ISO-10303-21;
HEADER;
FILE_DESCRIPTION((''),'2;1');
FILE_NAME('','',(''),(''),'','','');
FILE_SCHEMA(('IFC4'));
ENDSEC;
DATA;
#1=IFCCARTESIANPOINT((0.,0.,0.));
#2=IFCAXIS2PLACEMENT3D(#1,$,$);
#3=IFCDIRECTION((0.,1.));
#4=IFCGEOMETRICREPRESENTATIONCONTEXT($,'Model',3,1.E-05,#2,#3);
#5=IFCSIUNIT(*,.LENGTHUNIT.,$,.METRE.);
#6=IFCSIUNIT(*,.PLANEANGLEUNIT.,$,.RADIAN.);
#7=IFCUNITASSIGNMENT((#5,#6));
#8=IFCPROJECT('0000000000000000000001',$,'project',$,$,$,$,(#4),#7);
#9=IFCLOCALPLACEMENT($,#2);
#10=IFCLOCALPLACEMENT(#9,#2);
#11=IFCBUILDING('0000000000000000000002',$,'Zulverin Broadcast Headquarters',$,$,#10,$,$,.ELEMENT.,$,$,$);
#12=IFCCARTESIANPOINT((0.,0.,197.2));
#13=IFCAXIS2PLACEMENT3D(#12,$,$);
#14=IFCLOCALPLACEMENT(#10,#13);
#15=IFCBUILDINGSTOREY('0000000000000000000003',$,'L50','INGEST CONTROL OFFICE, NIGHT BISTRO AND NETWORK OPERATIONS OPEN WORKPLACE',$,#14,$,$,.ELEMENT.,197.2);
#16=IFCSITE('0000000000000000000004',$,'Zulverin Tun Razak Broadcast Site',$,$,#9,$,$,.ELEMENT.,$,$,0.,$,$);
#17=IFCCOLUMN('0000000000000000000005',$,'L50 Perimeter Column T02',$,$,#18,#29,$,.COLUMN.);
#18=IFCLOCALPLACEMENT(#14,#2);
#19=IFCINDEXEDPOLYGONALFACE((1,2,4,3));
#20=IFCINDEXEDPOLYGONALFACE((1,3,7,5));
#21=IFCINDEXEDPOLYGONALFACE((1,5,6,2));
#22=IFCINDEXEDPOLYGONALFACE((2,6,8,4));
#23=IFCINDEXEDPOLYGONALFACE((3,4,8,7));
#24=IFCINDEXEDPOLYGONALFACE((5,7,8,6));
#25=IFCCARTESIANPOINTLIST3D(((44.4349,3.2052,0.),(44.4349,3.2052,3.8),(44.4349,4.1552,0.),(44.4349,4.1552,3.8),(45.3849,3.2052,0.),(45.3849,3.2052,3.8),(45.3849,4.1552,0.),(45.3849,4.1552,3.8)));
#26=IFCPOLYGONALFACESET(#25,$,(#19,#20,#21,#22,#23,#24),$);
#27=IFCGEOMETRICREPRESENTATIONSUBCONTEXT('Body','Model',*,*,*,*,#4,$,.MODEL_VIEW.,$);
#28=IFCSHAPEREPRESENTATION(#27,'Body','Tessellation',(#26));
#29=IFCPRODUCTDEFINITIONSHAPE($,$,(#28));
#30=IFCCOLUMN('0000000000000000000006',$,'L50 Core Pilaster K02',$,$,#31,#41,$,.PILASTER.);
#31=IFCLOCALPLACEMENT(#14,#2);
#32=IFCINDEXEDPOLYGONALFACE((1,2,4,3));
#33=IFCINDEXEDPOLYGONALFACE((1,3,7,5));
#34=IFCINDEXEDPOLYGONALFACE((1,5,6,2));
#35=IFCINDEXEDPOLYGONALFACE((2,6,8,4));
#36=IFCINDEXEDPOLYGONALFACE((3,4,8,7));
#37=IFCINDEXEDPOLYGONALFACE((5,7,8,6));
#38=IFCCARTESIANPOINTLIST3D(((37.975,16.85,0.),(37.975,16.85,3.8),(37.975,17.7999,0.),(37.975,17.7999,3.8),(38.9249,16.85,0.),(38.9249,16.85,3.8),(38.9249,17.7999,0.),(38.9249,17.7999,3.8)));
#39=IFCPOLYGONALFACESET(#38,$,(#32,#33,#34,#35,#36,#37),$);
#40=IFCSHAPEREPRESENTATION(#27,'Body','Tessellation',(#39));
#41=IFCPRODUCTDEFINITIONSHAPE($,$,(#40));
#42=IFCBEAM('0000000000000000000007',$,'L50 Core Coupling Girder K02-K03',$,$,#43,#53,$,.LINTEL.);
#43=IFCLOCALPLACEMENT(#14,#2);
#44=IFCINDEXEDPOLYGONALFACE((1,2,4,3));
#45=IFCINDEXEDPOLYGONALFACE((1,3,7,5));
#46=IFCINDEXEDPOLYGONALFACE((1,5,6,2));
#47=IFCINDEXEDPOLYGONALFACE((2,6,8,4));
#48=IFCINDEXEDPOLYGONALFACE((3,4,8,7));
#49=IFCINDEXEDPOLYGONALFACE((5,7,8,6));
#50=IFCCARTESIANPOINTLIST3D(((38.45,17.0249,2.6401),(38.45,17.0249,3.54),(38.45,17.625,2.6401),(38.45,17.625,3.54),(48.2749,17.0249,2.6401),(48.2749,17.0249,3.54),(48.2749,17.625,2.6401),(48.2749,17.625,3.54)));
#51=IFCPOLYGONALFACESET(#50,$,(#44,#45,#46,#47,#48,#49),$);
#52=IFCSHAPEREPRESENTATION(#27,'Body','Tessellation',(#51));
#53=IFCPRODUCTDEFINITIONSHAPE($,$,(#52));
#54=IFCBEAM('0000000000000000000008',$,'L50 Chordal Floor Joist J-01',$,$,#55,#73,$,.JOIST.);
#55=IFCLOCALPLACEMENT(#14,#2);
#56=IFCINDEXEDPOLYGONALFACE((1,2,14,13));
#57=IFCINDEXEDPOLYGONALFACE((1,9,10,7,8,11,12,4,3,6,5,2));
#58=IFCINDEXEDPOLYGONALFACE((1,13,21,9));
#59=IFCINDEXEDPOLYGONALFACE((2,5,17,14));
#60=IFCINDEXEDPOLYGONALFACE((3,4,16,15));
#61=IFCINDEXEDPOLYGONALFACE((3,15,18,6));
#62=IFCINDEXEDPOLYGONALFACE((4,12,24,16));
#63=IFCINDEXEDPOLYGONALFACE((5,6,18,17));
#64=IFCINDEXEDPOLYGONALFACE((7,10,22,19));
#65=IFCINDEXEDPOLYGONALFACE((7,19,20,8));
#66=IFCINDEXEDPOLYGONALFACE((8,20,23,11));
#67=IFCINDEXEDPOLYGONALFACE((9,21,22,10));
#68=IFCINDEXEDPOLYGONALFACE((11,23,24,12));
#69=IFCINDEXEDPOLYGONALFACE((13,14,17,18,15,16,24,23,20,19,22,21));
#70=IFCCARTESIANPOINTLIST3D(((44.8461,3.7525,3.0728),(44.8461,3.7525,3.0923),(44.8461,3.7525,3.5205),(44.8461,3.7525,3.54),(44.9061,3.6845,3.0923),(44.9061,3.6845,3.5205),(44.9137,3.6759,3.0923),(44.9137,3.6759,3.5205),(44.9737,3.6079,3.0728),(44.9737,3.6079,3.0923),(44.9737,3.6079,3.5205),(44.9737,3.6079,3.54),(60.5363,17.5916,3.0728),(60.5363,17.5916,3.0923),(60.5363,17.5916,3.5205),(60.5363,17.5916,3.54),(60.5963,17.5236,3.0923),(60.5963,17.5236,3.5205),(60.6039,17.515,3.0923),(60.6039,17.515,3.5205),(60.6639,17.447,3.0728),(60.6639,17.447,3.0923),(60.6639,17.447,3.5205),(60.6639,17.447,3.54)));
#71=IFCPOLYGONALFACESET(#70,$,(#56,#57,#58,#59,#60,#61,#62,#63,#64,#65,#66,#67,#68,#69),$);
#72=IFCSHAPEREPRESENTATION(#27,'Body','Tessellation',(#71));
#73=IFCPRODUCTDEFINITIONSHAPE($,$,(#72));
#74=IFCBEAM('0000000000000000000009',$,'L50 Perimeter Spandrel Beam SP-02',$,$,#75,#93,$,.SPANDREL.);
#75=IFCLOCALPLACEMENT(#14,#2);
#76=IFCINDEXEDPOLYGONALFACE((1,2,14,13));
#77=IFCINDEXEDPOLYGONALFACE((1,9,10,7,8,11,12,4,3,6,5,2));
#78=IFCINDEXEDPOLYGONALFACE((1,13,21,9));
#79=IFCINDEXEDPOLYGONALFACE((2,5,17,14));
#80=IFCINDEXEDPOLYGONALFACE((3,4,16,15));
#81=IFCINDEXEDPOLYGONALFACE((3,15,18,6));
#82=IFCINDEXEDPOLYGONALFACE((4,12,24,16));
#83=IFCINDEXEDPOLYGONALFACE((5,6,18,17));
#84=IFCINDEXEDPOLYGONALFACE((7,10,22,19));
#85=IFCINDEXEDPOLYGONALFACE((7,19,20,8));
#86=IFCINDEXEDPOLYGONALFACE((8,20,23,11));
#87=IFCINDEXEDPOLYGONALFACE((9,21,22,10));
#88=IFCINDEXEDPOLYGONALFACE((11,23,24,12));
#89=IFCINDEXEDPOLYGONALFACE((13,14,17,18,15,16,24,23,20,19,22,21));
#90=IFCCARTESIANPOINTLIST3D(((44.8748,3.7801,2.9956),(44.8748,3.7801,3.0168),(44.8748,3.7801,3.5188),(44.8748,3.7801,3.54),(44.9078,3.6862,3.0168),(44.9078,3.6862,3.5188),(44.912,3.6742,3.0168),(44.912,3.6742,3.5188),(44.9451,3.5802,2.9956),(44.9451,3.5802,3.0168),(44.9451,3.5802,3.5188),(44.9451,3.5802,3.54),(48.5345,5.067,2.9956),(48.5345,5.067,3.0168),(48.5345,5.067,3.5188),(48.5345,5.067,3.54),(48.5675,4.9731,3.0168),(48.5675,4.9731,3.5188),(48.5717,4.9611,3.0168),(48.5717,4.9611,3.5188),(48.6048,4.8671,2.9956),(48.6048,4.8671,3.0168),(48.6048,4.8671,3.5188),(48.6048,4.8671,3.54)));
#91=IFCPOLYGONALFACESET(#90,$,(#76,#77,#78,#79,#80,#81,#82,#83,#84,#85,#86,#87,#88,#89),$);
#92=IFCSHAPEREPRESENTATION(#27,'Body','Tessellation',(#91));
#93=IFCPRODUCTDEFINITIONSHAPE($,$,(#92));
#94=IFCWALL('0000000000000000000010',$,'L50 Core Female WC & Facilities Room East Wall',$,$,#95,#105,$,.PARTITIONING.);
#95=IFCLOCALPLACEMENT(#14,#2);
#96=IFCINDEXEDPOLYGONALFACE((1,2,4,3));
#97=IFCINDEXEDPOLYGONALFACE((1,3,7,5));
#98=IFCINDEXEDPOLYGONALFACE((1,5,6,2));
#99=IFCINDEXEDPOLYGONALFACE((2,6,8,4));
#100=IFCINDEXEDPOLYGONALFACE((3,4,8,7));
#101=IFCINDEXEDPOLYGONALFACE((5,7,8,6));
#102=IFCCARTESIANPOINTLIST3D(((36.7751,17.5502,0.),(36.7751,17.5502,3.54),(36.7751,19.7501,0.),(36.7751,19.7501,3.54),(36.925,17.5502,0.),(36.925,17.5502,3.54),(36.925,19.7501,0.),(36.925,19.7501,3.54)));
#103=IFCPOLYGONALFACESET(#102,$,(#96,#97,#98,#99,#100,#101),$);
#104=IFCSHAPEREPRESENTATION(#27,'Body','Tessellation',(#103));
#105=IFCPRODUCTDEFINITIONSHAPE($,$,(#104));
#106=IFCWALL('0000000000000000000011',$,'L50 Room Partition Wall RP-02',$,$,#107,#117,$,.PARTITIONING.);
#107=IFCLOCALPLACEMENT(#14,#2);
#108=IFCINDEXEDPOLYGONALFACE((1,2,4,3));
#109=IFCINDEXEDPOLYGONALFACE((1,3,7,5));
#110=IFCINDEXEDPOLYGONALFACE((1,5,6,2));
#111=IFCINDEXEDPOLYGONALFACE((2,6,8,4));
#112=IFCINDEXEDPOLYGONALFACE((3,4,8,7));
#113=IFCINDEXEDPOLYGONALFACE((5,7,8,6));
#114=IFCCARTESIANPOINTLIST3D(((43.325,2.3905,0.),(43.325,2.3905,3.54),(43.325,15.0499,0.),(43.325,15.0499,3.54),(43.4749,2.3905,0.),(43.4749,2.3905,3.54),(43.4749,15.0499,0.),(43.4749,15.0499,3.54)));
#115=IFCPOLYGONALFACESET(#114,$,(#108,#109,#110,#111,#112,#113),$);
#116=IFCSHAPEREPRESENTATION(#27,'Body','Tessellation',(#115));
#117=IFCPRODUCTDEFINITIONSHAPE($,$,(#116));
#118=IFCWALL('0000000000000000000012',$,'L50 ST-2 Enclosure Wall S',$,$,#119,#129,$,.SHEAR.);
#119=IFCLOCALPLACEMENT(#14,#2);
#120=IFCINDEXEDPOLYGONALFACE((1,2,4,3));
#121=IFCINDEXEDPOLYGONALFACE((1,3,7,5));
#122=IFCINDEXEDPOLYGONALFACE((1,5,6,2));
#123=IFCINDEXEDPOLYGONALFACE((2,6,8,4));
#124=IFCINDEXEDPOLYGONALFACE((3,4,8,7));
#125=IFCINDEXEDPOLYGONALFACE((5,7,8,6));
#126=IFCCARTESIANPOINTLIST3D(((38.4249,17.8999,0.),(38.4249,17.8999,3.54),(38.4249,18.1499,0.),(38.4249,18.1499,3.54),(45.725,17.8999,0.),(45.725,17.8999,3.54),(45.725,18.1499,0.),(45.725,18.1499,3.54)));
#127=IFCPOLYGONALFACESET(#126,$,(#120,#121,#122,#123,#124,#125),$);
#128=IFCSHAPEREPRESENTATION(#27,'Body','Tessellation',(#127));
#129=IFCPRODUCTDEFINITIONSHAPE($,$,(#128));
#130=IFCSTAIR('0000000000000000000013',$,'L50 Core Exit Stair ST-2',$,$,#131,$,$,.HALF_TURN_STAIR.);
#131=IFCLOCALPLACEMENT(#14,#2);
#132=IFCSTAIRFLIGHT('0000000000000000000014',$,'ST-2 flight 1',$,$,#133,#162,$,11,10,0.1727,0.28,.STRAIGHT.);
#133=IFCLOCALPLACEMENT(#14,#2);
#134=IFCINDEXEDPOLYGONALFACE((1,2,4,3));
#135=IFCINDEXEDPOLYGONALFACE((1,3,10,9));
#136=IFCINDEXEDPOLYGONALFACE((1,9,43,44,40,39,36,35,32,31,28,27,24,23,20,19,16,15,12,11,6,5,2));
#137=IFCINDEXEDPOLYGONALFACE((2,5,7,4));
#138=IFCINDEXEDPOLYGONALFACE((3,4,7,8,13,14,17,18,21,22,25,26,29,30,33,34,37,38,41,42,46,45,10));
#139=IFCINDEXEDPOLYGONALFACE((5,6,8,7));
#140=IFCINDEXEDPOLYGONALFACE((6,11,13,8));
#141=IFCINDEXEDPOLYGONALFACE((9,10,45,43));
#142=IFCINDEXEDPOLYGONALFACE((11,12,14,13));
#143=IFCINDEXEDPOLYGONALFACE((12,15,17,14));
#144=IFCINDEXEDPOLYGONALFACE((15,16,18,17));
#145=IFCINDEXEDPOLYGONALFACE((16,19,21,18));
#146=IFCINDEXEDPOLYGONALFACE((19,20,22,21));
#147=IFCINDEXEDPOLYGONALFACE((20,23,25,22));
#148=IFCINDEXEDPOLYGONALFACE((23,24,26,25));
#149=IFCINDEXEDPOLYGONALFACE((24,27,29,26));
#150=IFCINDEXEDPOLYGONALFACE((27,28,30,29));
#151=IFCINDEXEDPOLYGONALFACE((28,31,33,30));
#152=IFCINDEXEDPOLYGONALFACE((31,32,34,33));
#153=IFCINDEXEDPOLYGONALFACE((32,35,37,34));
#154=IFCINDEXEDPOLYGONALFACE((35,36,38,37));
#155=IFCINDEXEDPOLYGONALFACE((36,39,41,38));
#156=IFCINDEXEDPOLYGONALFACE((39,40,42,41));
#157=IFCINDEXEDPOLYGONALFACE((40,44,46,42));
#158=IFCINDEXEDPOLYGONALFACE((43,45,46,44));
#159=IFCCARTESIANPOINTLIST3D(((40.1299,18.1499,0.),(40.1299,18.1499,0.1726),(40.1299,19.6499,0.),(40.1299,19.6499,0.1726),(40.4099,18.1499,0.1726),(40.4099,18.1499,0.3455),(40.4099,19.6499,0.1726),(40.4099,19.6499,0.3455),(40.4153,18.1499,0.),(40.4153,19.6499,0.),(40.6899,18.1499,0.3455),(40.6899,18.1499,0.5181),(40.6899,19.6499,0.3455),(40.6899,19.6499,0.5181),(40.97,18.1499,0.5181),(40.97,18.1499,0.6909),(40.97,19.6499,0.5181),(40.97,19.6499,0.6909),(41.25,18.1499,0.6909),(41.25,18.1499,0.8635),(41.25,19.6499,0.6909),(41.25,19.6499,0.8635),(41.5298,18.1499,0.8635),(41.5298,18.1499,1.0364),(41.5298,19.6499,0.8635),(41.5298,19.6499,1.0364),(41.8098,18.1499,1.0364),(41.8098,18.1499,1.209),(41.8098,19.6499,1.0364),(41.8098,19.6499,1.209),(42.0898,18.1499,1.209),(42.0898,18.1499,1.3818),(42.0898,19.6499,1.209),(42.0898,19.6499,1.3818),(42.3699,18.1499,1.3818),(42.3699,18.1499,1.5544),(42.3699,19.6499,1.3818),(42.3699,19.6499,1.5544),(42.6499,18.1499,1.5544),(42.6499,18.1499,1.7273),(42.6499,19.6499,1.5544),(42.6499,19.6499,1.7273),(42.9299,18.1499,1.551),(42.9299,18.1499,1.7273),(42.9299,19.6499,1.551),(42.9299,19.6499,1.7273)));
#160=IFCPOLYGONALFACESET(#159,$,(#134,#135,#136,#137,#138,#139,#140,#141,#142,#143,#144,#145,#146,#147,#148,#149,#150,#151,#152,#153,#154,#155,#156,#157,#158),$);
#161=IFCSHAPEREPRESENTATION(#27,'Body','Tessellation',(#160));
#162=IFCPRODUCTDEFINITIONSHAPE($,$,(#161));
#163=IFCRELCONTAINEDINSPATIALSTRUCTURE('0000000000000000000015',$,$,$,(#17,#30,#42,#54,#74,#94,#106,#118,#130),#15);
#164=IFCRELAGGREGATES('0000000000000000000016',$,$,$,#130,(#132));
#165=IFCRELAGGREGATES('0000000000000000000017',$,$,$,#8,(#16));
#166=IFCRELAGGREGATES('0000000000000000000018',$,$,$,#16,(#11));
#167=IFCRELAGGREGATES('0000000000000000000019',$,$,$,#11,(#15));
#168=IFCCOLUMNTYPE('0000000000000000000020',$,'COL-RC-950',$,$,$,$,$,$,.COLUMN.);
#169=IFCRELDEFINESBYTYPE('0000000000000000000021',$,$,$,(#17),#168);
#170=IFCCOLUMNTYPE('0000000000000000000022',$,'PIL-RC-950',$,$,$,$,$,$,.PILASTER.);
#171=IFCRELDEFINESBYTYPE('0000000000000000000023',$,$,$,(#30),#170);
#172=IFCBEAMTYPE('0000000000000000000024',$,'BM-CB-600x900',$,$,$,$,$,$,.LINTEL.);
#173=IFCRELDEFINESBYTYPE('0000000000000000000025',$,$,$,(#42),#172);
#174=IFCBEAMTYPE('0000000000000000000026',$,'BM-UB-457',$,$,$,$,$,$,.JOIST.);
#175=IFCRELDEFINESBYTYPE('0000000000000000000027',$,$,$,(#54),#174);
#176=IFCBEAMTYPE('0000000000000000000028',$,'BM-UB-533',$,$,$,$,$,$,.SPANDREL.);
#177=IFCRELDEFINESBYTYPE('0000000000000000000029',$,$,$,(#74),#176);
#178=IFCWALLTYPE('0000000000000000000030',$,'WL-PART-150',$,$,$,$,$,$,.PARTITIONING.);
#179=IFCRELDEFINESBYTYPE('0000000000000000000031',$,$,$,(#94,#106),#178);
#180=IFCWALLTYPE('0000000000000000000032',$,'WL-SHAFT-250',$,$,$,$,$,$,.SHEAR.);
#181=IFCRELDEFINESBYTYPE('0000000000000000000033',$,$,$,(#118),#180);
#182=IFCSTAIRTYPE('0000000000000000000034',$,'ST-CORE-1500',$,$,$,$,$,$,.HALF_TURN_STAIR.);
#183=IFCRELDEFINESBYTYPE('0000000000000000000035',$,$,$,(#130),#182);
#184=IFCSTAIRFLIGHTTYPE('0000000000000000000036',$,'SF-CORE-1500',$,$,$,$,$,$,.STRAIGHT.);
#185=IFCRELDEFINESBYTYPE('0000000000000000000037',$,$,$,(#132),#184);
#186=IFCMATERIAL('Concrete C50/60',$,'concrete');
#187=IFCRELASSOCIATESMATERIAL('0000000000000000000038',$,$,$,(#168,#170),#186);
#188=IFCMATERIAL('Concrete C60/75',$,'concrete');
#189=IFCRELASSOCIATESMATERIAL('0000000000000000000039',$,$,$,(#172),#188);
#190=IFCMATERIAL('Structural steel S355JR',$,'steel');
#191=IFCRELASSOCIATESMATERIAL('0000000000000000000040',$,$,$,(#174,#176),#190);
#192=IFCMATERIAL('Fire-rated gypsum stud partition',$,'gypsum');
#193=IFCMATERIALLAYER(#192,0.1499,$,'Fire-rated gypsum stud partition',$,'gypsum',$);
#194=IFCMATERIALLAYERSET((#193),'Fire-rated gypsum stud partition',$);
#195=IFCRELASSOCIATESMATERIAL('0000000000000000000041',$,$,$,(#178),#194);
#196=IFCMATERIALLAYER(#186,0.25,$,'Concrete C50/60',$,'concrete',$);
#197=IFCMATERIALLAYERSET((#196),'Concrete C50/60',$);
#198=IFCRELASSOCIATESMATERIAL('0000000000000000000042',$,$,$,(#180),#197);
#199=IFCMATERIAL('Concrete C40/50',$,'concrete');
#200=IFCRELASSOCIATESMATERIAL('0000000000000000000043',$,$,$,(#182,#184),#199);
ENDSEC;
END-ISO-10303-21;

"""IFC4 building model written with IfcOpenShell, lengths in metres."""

from ifc_helpers import new_model, si_unit, direction, frame, frame_2d, origin, origin_2d, place, context, subcontext, project, spatial, polyline, rectangle, i_section, outline, extrude, material, layer, layer_set, material_profile, profile_set, type_object, element, aggregate, save


model = new_model("IFC4")

# Units and contexts
model_context = context("Model", 3, precision=1e-05, world=origin(), true_north=direction((0.0, 1.0)))
body_context = subcontext(model_context, "Body", "Model", "MODEL_VIEW")
ifc_project = project(units=[si_unit("LENGTHUNIT", "METRE"), si_unit("PLANEANGLEUNIT", "RADIAN")], contexts=[model_context])

# Site, building, storey
site_placement = place(None, origin())
site = spatial("IfcSite", under=ifc_project, at=site_placement, Name="Zulverin Tun Razak Broadcast Site", CompositionType="ELEMENT", RefElevation=0.0)
building_placement = place(site_placement, origin())
building = spatial("IfcBuilding", under=site, at=building_placement, Name="Zulverin Broadcast Headquarters", CompositionType="ELEMENT")
storey_placement = place(building_placement, frame((0.0, 0.0, 197.2)))
storey = spatial("IfcBuildingStorey", under=building, at=storey_placement, Name="L50", Description="INGEST CONTROL OFFICE, NIGHT BISTRO AND NETWORK OPERATIONS OPEN WORKPLACE", CompositionType="ELEMENT", Elevation=197.2)

# Columns
ifc_material_1 = material(Name="Concrete C50/60", Category="concrete")
ifc_material_profile_1 = material_profile(ifc_material_1, rectangle(XDim=0.95, YDim=0.95, at=origin_2d()), Name="Concrete C50/60", Category="concrete")
ifc_profile_set_1 = profile_set([ifc_material_profile_1], Name="Concrete C50/60")
column_type_1 = type_object("IfcColumnType", Name="COL-RC-950", PredefinedType="COLUMN", material=ifc_profile_set_1)
column_1_placement = place(storey_placement, frame((44.9099, 3.6802, 0.0), z_axis=(0.0, 0.0, 1.0), x_axis=(1.0, 0.0, 0.0)))
element("IfcColumn", 1, at=column_1_placement, inside=storey, type_object=column_type_1, Name="L50 Perimeter Column T02", PredefinedType="COLUMN", context=body_context, shape_type="SweptSolid", body=[
    extrude(rectangle(XDim=0.95, YDim=0.95, at=origin_2d()), origin(), (0.0, 0.0, 1.0), 3.8),
])
ifc_material_profile_2 = material_profile(ifc_material_1, rectangle(XDim=0.95, YDim=0.95, at=origin_2d()), Name="Concrete C50/60", Category="concrete")
ifc_profile_set_2 = profile_set([ifc_material_profile_2], Name="Concrete C50/60")
column_type_2 = type_object("IfcColumnType", Name="PIL-RC-950", PredefinedType="PILASTER", material=ifc_profile_set_2)
column_2_placement = place(storey_placement, frame((38.45, 17.325, 0.0), z_axis=(0.0, 0.0, 1.0), x_axis=(1.0, 0.0, 0.0)))
element("IfcColumn", 2, at=column_2_placement, inside=storey, type_object=column_type_2, Name="L50 Core Pilaster K02", PredefinedType="PILASTER", context=body_context, shape_type="SweptSolid", body=[
    extrude(rectangle(XDim=0.95, YDim=0.95, at=origin_2d()), origin(), (0.0, 0.0, 1.0), 3.8),
])

# Beams
ifc_material_2 = material(Name="Concrete C60/75", Category="concrete")
ifc_material_profile_3 = material_profile(ifc_material_2, rectangle(XDim=0.6001, YDim=0.8999, at=origin_2d()), Name="Concrete C60/75", Category="concrete")
ifc_profile_set_3 = profile_set([ifc_material_profile_3], Name="Concrete C60/75")
beam_type_1 = type_object("IfcBeamType", Name="BM-CB-600x900", PredefinedType="LINTEL", material=ifc_profile_set_3)
beam_1_placement = place(storey_placement, frame((38.45, 17.325, 3.0901), z_axis=(1.0, 0.0, 0.0), x_axis=(0.0, 1.0, 0.0)))
element("IfcBeam", 3, at=beam_1_placement, inside=storey, type_object=beam_type_1, Name="L50 Core Coupling Girder K02-K03", PredefinedType="LINTEL", context=body_context, shape_type="SweptSolid", body=[
    extrude(rectangle(XDim=0.6001, YDim=0.8999, at=origin_2d()), origin(), (0.0, 0.0, 1.0), 9.825),
])
ifc_material_3 = material(Name="Structural steel S355JR", Category="steel")
ifc_material_profile_4 = material_profile(ifc_material_3, i_section(OverallWidth=0.1929, OverallDepth=0.4673, WebThickness=0.0115, FlangeThickness=0.0195, at=origin_2d()), Name="Structural steel S355JR", Category="steel")
ifc_profile_set_4 = profile_set([ifc_material_profile_4], Name="Structural steel S355JR")
beam_type_2 = type_object("IfcBeamType", Name="BM-UB-457", PredefinedType="JOIST", material=ifc_profile_set_4)
beam_2_placement = place(storey_placement, frame((44.9099, 3.6802, 3.3064), z_axis=(0.74996, 0.661483, 0.0), x_axis=(-0.661483, 0.74996, 0.0)))
element("IfcBeam", 4, at=beam_2_placement, inside=storey, type_object=beam_type_2, Name="L50 Chordal Floor Joist J-01", PredefinedType="JOIST", context=body_context, shape_type="SweptSolid", body=[
    extrude(i_section(OverallWidth=0.1929, OverallDepth=0.4673, WebThickness=0.0115, FlangeThickness=0.0195, at=origin_2d()), origin(), (0.0, 0.0, 1.0), 20.9214),
])
ifc_material_profile_5 = material_profile(ifc_material_3, i_section(OverallWidth=0.2119, OverallDepth=0.5444, WebThickness=0.0127, FlangeThickness=0.0212, at=origin_2d()), Name="Structural steel S355JR", Category="steel")
ifc_profile_set_5 = profile_set([ifc_material_profile_5], Name="Structural steel S355JR")
beam_type_3 = type_object("IfcBeamType", Name="BM-UB-533", PredefinedType="SPANDREL", material=ifc_profile_set_5)
beam_3_placement = place(storey_placement, frame((44.9099, 3.6802, 3.2678), z_axis=(0.943377, 0.331724, 0.0), x_axis=(-0.331724, 0.943377, 0.0)))
element("IfcBeam", 5, at=beam_3_placement, inside=storey, type_object=beam_type_3, Name="L50 Perimeter Spandrel Beam SP-02", PredefinedType="SPANDREL", context=body_context, shape_type="SweptSolid", body=[
    extrude(i_section(OverallWidth=0.2119, OverallDepth=0.5444, WebThickness=0.0127, FlangeThickness=0.0212, at=origin_2d()), origin(), (0.0, 0.0, 1.0), 3.8794),
])

# Walls
ifc_material_4 = material(Name="Fire-rated gypsum stud partition", Category="gypsum")
ifc_layer_1 = layer(ifc_material_4, 0.1499, Name="Fire-rated gypsum stud partition", Category="gypsum")
ifc_layer_set_1 = layer_set([ifc_layer_1], Name="Fire-rated gypsum stud partition")
wall_type_1 = type_object("IfcWallType", Name="WL-PART-150", PredefinedType="PARTITIONING", material=ifc_layer_set_1)
wall_1_placement = place(storey_placement, frame((36.8501, 17.55, 0.0), z_axis=(0.0, 0.0, 1.0), x_axis=(0.0, 1.0, 0.0)))
element("IfcWall", 6, at=wall_1_placement, inside=storey, type_object=wall_type_1, Name="L50 Core Female WC & Facilities Room East Wall", PredefinedType="PARTITIONING", context=body_context, shape_type="SweptSolid", body=[
    extrude(rectangle(XDim=2.2, YDim=0.1499, at=frame_2d((1.1001, 0.0))), origin(), (0.0, 0.0, 1.0), 3.54),
])
wall_2_placement = place(storey_placement, frame((43.3999, 2.3906, 0.0), z_axis=(0.0, 0.0, 1.0), x_axis=(0.0, 1.0, 0.0)))
element("IfcWall", 7, at=wall_2_placement, inside=storey, type_object=wall_type_1, Name="L50 Room Partition Wall RP-02", PredefinedType="PARTITIONING", context=body_context, shape_type="SweptSolid", body=[
    extrude(rectangle(XDim=12.6594, YDim=0.1499, at=frame_2d((6.3296, 0.0))), origin(), (0.0, 0.0, 1.0), 3.54),
])
ifc_layer_2 = layer(ifc_material_1, 0.25, Name="Concrete C50/60", Category="concrete")
ifc_layer_set_2 = layer_set([ifc_layer_2], Name="Concrete C50/60")
wall_type_2 = type_object("IfcWallType", Name="WL-SHAFT-250", PredefinedType="SHEAR", material=ifc_layer_set_2)
wall_3_placement = place(storey_placement, frame((38.425, 18.0249, 0.0), z_axis=(0.0, 0.0, 1.0), x_axis=(1.0, 0.0, 0.0)))
element("IfcWall", 8, at=wall_3_placement, inside=storey, type_object=wall_type_2, Name="L50 ST-2 Enclosure Wall S", PredefinedType="SHEAR", context=body_context, shape_type="SweptSolid", body=[
    extrude(rectangle(XDim=7.3, YDim=0.25, at=frame_2d((3.6499, 0.0))), origin(), (0.0, 0.0, 1.0), 3.54),
])

# Stair, stair flight
ifc_material_5 = material(Name="Concrete C40/50", Category="concrete")
stair_type = type_object("IfcStairType", Name="ST-CORE-1500", PredefinedType="HALF_TURN_STAIR", material=ifc_material_5)
stair_placement = place(storey_placement, origin())
stair = element("IfcStair", 9, at=stair_placement, inside=storey, type_object=stair_type, Name="L50 Core Exit Stair ST-2", PredefinedType="HALF_TURN_STAIR")
stair_flight_type = type_object("IfcStairFlightType", Name="SF-CORE-1500", PredefinedType="STRAIGHT", material=ifc_material_5)
stair_flight_placement = place(storey_placement, frame((40.1299, 18.8999, 0.0), z_axis=(0.0, 0.0, 1.0), x_axis=(1.0, 0.0, 0.0)))
stair_flight = element("IfcStairFlight", 10, at=stair_flight_placement, type_object=stair_flight_type, Name="ST-2 flight 1", NumberOfRisers=11, NumberOfTreads=10, PredefinedType="STRAIGHT", RiserHeight=0.1727, TreadLength=0.28, context=body_context, shape_type="SweptSolid", body=[
    extrude(outline(polyline([(0.0, 0.0), (0.0, 0.1726), (0.28, 0.1726), (0.28, 0.3455), (0.5601, 0.3455), (0.5601, 0.5181), (0.8401, 0.5181), (0.8401, 0.6909), (1.1201, 0.6909), (1.1201, 0.8635), (1.3999, 0.8635), (1.3999, 1.0364), (1.6799, 1.0364), (1.6799, 1.209), (1.96, 1.209), (1.96, 1.3818), (2.24, 1.3818), (2.24, 1.5544), (2.52, 1.5544), (2.52, 1.7273), (2.8, 1.7273), (2.8, 1.8999), (2.8, 1.551), (0.2854, 0.0), (0.0, 0.0)])), frame((0.0, 0.75, 0.0), z_axis=(0.0, -1.0, 0.0), x_axis=(1.0, 0.0, 0.0)), (0.0, 0.0, 1.0), 1.5),
])
aggregate(stair, [stair_flight])

save(model, "model.ifc")
